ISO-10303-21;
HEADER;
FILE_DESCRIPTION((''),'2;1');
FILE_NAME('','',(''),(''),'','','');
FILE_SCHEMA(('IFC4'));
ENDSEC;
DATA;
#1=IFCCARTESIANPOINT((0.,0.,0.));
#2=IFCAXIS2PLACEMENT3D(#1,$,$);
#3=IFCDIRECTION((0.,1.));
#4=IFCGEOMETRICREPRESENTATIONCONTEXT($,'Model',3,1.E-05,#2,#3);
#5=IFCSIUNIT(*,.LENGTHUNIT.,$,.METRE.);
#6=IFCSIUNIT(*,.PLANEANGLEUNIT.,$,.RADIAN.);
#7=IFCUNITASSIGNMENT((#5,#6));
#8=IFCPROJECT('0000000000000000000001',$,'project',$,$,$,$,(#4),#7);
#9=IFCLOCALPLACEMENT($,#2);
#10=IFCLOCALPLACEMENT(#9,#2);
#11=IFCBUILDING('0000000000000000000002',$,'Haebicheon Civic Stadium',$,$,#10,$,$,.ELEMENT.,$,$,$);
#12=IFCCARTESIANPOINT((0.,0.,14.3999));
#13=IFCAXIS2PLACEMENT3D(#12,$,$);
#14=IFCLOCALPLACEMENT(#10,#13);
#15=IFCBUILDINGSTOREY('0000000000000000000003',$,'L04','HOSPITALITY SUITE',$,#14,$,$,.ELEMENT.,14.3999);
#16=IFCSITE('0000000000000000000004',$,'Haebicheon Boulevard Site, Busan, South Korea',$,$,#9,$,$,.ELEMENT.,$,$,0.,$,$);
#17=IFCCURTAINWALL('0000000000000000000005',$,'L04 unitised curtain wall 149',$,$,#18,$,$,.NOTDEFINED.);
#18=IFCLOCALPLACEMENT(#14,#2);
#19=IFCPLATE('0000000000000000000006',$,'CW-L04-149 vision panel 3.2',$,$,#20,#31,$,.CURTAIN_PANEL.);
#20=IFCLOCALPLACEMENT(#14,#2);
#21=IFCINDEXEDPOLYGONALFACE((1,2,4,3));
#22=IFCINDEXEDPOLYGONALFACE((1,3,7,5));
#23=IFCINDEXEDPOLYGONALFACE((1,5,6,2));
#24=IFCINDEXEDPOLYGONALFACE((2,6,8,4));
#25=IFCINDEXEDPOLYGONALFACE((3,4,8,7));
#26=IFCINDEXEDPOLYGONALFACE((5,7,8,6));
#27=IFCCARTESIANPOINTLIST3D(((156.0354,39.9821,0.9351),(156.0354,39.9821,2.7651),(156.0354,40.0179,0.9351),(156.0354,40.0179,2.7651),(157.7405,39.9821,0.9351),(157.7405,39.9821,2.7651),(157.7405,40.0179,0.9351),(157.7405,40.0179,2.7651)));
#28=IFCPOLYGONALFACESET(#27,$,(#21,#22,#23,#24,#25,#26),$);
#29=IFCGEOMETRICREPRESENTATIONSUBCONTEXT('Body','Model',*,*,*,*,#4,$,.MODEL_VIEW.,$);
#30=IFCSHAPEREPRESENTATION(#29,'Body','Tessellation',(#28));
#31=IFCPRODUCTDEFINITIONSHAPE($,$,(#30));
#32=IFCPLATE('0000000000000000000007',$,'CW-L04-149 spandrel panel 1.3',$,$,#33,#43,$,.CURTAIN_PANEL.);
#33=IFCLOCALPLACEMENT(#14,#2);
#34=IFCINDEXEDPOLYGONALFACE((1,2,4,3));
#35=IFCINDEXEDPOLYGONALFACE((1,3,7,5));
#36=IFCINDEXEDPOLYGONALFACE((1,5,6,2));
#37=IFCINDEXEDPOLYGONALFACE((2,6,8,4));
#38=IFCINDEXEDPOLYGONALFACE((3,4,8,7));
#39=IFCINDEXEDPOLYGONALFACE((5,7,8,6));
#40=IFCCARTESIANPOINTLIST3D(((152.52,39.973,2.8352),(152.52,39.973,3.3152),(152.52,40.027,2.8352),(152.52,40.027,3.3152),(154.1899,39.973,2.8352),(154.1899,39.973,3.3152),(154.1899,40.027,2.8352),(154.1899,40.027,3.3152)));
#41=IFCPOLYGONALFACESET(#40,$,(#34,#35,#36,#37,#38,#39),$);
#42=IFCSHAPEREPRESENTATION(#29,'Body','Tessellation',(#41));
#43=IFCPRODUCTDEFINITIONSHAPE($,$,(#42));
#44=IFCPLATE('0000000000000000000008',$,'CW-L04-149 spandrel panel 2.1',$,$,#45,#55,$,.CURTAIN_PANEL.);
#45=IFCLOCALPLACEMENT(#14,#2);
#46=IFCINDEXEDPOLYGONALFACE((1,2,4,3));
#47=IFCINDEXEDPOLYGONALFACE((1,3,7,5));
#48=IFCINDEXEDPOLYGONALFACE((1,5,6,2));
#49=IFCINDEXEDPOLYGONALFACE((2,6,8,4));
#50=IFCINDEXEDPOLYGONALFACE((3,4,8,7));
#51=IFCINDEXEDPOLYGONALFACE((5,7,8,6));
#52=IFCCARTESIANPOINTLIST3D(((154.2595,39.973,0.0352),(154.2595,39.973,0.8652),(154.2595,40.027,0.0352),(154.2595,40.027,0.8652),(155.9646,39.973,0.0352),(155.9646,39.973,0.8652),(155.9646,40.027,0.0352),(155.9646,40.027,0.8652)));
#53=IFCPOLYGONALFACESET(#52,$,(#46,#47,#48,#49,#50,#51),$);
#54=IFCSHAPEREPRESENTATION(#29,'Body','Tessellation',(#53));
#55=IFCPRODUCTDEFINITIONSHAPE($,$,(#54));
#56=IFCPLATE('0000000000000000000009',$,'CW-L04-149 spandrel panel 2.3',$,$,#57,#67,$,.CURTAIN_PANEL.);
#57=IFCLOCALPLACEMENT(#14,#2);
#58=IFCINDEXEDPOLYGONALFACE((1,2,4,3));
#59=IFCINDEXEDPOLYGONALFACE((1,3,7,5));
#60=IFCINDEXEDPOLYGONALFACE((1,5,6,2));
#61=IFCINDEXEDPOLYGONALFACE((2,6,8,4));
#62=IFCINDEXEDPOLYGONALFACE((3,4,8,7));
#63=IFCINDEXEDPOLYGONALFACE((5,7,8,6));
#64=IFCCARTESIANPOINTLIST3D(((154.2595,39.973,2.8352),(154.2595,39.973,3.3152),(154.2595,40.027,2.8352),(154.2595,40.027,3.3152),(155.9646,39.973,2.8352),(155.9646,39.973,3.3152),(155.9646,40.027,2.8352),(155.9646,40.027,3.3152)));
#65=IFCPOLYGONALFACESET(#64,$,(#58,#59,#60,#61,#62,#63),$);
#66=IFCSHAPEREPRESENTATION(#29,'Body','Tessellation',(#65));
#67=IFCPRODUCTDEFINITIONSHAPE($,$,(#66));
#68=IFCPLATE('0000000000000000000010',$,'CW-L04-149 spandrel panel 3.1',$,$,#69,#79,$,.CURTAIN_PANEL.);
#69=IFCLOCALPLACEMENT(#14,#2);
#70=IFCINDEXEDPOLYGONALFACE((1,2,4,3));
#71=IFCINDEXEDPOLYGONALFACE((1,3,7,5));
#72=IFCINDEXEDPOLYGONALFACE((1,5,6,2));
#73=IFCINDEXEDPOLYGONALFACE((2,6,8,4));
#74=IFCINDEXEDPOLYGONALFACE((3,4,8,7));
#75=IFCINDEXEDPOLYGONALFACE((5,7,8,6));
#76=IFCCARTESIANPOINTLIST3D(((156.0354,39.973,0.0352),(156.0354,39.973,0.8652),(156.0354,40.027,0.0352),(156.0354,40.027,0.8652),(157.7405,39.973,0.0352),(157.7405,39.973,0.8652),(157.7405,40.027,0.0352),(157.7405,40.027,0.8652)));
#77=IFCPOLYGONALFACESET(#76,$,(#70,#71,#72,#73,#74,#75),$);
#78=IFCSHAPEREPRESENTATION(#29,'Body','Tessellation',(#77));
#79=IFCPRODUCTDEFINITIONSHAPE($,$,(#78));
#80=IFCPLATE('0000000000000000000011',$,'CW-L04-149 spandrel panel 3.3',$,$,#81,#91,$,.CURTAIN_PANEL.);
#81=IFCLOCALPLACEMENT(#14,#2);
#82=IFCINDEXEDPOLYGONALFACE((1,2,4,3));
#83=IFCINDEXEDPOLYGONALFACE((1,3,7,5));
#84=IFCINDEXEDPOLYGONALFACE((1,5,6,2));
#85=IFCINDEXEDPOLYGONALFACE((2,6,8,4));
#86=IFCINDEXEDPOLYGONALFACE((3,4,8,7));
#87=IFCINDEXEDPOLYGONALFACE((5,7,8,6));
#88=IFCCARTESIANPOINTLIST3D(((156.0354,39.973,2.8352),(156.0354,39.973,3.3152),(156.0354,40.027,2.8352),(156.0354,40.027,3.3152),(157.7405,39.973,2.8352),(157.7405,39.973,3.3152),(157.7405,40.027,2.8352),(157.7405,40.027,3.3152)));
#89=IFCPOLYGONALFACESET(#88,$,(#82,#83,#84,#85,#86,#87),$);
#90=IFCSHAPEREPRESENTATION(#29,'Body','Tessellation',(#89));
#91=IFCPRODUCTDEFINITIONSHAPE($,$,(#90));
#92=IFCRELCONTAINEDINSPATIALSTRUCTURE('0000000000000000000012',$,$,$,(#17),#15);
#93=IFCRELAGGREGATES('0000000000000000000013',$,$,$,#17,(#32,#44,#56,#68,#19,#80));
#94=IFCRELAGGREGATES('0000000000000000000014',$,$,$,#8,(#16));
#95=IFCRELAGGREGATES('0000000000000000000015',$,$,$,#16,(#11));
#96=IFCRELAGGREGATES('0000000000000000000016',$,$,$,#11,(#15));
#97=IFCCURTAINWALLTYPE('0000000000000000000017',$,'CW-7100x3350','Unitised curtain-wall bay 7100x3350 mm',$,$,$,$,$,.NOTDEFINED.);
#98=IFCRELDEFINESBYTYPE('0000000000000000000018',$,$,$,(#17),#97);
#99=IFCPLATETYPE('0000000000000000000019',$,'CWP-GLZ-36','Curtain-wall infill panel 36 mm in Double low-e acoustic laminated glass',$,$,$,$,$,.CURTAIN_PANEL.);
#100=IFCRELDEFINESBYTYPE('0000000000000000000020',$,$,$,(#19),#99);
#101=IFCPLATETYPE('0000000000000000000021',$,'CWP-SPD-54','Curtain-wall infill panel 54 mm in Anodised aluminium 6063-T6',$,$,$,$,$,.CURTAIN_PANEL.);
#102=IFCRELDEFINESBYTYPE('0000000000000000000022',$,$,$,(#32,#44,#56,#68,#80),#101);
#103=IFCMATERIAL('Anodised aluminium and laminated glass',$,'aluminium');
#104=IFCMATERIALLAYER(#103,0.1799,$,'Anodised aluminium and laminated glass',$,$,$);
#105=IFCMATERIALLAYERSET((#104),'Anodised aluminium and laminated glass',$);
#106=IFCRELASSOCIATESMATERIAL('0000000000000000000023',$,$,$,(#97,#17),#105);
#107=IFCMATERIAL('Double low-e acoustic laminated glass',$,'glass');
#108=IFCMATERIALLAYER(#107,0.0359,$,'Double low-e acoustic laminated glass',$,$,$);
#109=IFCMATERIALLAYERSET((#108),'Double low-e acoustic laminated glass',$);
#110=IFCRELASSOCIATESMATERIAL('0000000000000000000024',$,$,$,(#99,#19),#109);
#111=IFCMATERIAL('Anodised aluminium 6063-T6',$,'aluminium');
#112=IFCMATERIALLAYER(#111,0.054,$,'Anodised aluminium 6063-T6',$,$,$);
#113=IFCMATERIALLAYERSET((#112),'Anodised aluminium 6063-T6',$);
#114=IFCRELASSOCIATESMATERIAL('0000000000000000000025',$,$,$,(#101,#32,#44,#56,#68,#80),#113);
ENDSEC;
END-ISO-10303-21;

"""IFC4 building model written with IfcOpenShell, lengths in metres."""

from ifc_helpers import new_model, si_unit, direction, frame, origin, origin_2d, place, context, subcontext, project, spatial, rectangle, extrude, material, layer, layer_set, type_object, element, aggregate, save


model = new_model("IFC4")

# Units and contexts
model_context = context("Model", 3, precision=1e-05, world=origin(), true_north=direction((0.0, 1.0)))
body_context = subcontext(model_context, "Body", "Model", "MODEL_VIEW")
ifc_project = project(units=[si_unit("LENGTHUNIT", "METRE"), si_unit("PLANEANGLEUNIT", "RADIAN")], contexts=[model_context])

# Site, building, storey
site_placement = place(None, origin())
site = spatial("IfcSite", under=ifc_project, at=site_placement, Name="Haebicheon Boulevard Site, Busan, South Korea", CompositionType="ELEMENT", RefElevation=0.0)
building_placement = place(site_placement, origin())
building = spatial("IfcBuilding", under=site, at=building_placement, Name="Haebicheon Civic Stadium", CompositionType="ELEMENT")
storey_placement = place(building_placement, frame((0.0, 0.0, 14.3999)))
storey = spatial("IfcBuildingStorey", under=building, at=storey_placement, Name="L04", Description="HOSPITALITY SUITE", CompositionType="ELEMENT", Elevation=14.3999)

# Curtain wall, plates
ifc_material_1 = material(Name="Anodised aluminium and laminated glass", Category="aluminium")
ifc_layer_1 = layer(ifc_material_1, 0.1799, Name="Anodised aluminium and laminated glass")
ifc_layer_set_1 = layer_set([ifc_layer_1], Name="Anodised aluminium and laminated glass")
curtain_wall_type = type_object("IfcCurtainWallType", Name="CW-7100x3350", Description="Unitised curtain-wall bay 7100x3350 mm", PredefinedType="NOTDEFINED", material=ifc_layer_set_1)
curtain_wall_placement = place(storey_placement, origin())
curtain_wall = element("IfcCurtainWall", 1, at=curtain_wall_placement, inside=storey, type_object=curtain_wall_type, material=ifc_layer_set_1, Name="L04 unitised curtain wall 149", PredefinedType="NOTDEFINED")
ifc_material_2 = material(Name="Double low-e acoustic laminated glass", Category="glass")
ifc_layer_2 = layer(ifc_material_2, 0.0359, Name="Double low-e acoustic laminated glass")
ifc_layer_set_2 = layer_set([ifc_layer_2], Name="Double low-e acoustic laminated glass")
plate_type_1 = type_object("IfcPlateType", Name="CWP-GLZ-36", Description="Curtain-wall infill panel 36 mm in Double low-e acoustic laminated glass", PredefinedType="CURTAIN_PANEL", material=ifc_layer_set_2)
plate_1_placement = place(storey_placement, frame((156.8879, 40.0, 0.9351), z_axis=(0.0, 0.0, 1.0), x_axis=(1.0, 0.0, 0.0)))
plate_1 = element("IfcPlate", 2, at=plate_1_placement, type_object=plate_type_1, material=ifc_layer_set_2, Name="CW-L04-149 vision panel 3.2", PredefinedType="CURTAIN_PANEL", context=body_context, shape_type="SweptSolid", body=[
    extrude(rectangle(XDim=1.7051, YDim=0.0359, at=origin_2d()), origin(), (0.0, 0.0, 1.0), 1.8301),
])
ifc_material_3 = material(Name="Anodised aluminium 6063-T6", Category="aluminium")
ifc_layer_3 = layer(ifc_material_3, 0.054, Name="Anodised aluminium 6063-T6")
ifc_layer_set_3 = layer_set([ifc_layer_3], Name="Anodised aluminium 6063-T6")
plate_type_2 = type_object("IfcPlateType", Name="CWP-SPD-54", Description="Curtain-wall infill panel 54 mm in Anodised aluminium 6063-T6", PredefinedType="CURTAIN_PANEL", material=ifc_layer_set_3)
plate_2_placement = place(storey_placement, frame((153.355, 40.0, 2.8352), z_axis=(0.0, 0.0, 1.0), x_axis=(1.0, 0.0, 0.0)))
plate_2 = element("IfcPlate", 3, at=plate_2_placement, type_object=plate_type_2, material=ifc_layer_set_3, Name="CW-L04-149 spandrel panel 1.3", PredefinedType="CURTAIN_PANEL", context=body_context, shape_type="SweptSolid", body=[
    extrude(rectangle(XDim=1.6699, YDim=0.054, at=origin_2d()), origin(), (0.0, 0.0, 1.0), 0.48),
])
plate_3_placement = place(storey_placement, frame((155.1121, 40.0, 0.0352), z_axis=(0.0, 0.0, 1.0), x_axis=(1.0, 0.0, 0.0)))
plate_3 = element("IfcPlate", 4, at=plate_3_placement, type_object=plate_type_2, material=ifc_layer_set_3, Name="CW-L04-149 spandrel panel 2.1", PredefinedType="CURTAIN_PANEL", context=body_context, shape_type="SweptSolid", body=[
    extrude(rectangle(XDim=1.7051, YDim=0.054, at=origin_2d()), origin(), (0.0, 0.0, 1.0), 0.8301),
])
plate_4_placement = place(storey_placement, frame((155.1121, 40.0, 2.8352), z_axis=(0.0, 0.0, 1.0), x_axis=(1.0, 0.0, 0.0)))
plate_4 = element("IfcPlate", 5, at=plate_4_placement, type_object=plate_type_2, material=ifc_layer_set_3, Name="CW-L04-149 spandrel panel 2.3", PredefinedType="CURTAIN_PANEL", context=body_context, shape_type="SweptSolid", body=[
    extrude(rectangle(XDim=1.7051, YDim=0.054, at=origin_2d()), origin(), (0.0, 0.0, 1.0), 0.48),
])
plate_5_placement = place(storey_placement, frame((156.8879, 40.0, 0.0352), z_axis=(0.0, 0.0, 1.0), x_axis=(1.0, 0.0, 0.0)))
plate_5 = element("IfcPlate", 6, at=plate_5_placement, type_object=plate_type_2, material=ifc_layer_set_3, Name="CW-L04-149 spandrel panel 3.1", PredefinedType="CURTAIN_PANEL", context=body_context, shape_type="SweptSolid", body=[
    extrude(rectangle(XDim=1.7051, YDim=0.054, at=origin_2d()), origin(), (0.0, 0.0, 1.0), 0.8301),
])
plate_6_placement = place(storey_placement, frame((156.8879, 40.0, 2.8352), z_axis=(0.0, 0.0, 1.0), x_axis=(1.0, 0.0, 0.0)))
plate_6 = element("IfcPlate", 7, at=plate_6_placement, type_object=plate_type_2, material=ifc_layer_set_3, Name="CW-L04-149 spandrel panel 3.3", PredefinedType="CURTAIN_PANEL", context=body_context, shape_type="SweptSolid", body=[
    extrude(rectangle(XDim=1.7051, YDim=0.054, at=origin_2d()), origin(), (0.0, 0.0, 1.0), 0.48),
])
aggregate(curtain_wall, [plate_2, plate_3, plate_4, plate_5, plate_1, plate_6])

save(model, "model.ifc")
